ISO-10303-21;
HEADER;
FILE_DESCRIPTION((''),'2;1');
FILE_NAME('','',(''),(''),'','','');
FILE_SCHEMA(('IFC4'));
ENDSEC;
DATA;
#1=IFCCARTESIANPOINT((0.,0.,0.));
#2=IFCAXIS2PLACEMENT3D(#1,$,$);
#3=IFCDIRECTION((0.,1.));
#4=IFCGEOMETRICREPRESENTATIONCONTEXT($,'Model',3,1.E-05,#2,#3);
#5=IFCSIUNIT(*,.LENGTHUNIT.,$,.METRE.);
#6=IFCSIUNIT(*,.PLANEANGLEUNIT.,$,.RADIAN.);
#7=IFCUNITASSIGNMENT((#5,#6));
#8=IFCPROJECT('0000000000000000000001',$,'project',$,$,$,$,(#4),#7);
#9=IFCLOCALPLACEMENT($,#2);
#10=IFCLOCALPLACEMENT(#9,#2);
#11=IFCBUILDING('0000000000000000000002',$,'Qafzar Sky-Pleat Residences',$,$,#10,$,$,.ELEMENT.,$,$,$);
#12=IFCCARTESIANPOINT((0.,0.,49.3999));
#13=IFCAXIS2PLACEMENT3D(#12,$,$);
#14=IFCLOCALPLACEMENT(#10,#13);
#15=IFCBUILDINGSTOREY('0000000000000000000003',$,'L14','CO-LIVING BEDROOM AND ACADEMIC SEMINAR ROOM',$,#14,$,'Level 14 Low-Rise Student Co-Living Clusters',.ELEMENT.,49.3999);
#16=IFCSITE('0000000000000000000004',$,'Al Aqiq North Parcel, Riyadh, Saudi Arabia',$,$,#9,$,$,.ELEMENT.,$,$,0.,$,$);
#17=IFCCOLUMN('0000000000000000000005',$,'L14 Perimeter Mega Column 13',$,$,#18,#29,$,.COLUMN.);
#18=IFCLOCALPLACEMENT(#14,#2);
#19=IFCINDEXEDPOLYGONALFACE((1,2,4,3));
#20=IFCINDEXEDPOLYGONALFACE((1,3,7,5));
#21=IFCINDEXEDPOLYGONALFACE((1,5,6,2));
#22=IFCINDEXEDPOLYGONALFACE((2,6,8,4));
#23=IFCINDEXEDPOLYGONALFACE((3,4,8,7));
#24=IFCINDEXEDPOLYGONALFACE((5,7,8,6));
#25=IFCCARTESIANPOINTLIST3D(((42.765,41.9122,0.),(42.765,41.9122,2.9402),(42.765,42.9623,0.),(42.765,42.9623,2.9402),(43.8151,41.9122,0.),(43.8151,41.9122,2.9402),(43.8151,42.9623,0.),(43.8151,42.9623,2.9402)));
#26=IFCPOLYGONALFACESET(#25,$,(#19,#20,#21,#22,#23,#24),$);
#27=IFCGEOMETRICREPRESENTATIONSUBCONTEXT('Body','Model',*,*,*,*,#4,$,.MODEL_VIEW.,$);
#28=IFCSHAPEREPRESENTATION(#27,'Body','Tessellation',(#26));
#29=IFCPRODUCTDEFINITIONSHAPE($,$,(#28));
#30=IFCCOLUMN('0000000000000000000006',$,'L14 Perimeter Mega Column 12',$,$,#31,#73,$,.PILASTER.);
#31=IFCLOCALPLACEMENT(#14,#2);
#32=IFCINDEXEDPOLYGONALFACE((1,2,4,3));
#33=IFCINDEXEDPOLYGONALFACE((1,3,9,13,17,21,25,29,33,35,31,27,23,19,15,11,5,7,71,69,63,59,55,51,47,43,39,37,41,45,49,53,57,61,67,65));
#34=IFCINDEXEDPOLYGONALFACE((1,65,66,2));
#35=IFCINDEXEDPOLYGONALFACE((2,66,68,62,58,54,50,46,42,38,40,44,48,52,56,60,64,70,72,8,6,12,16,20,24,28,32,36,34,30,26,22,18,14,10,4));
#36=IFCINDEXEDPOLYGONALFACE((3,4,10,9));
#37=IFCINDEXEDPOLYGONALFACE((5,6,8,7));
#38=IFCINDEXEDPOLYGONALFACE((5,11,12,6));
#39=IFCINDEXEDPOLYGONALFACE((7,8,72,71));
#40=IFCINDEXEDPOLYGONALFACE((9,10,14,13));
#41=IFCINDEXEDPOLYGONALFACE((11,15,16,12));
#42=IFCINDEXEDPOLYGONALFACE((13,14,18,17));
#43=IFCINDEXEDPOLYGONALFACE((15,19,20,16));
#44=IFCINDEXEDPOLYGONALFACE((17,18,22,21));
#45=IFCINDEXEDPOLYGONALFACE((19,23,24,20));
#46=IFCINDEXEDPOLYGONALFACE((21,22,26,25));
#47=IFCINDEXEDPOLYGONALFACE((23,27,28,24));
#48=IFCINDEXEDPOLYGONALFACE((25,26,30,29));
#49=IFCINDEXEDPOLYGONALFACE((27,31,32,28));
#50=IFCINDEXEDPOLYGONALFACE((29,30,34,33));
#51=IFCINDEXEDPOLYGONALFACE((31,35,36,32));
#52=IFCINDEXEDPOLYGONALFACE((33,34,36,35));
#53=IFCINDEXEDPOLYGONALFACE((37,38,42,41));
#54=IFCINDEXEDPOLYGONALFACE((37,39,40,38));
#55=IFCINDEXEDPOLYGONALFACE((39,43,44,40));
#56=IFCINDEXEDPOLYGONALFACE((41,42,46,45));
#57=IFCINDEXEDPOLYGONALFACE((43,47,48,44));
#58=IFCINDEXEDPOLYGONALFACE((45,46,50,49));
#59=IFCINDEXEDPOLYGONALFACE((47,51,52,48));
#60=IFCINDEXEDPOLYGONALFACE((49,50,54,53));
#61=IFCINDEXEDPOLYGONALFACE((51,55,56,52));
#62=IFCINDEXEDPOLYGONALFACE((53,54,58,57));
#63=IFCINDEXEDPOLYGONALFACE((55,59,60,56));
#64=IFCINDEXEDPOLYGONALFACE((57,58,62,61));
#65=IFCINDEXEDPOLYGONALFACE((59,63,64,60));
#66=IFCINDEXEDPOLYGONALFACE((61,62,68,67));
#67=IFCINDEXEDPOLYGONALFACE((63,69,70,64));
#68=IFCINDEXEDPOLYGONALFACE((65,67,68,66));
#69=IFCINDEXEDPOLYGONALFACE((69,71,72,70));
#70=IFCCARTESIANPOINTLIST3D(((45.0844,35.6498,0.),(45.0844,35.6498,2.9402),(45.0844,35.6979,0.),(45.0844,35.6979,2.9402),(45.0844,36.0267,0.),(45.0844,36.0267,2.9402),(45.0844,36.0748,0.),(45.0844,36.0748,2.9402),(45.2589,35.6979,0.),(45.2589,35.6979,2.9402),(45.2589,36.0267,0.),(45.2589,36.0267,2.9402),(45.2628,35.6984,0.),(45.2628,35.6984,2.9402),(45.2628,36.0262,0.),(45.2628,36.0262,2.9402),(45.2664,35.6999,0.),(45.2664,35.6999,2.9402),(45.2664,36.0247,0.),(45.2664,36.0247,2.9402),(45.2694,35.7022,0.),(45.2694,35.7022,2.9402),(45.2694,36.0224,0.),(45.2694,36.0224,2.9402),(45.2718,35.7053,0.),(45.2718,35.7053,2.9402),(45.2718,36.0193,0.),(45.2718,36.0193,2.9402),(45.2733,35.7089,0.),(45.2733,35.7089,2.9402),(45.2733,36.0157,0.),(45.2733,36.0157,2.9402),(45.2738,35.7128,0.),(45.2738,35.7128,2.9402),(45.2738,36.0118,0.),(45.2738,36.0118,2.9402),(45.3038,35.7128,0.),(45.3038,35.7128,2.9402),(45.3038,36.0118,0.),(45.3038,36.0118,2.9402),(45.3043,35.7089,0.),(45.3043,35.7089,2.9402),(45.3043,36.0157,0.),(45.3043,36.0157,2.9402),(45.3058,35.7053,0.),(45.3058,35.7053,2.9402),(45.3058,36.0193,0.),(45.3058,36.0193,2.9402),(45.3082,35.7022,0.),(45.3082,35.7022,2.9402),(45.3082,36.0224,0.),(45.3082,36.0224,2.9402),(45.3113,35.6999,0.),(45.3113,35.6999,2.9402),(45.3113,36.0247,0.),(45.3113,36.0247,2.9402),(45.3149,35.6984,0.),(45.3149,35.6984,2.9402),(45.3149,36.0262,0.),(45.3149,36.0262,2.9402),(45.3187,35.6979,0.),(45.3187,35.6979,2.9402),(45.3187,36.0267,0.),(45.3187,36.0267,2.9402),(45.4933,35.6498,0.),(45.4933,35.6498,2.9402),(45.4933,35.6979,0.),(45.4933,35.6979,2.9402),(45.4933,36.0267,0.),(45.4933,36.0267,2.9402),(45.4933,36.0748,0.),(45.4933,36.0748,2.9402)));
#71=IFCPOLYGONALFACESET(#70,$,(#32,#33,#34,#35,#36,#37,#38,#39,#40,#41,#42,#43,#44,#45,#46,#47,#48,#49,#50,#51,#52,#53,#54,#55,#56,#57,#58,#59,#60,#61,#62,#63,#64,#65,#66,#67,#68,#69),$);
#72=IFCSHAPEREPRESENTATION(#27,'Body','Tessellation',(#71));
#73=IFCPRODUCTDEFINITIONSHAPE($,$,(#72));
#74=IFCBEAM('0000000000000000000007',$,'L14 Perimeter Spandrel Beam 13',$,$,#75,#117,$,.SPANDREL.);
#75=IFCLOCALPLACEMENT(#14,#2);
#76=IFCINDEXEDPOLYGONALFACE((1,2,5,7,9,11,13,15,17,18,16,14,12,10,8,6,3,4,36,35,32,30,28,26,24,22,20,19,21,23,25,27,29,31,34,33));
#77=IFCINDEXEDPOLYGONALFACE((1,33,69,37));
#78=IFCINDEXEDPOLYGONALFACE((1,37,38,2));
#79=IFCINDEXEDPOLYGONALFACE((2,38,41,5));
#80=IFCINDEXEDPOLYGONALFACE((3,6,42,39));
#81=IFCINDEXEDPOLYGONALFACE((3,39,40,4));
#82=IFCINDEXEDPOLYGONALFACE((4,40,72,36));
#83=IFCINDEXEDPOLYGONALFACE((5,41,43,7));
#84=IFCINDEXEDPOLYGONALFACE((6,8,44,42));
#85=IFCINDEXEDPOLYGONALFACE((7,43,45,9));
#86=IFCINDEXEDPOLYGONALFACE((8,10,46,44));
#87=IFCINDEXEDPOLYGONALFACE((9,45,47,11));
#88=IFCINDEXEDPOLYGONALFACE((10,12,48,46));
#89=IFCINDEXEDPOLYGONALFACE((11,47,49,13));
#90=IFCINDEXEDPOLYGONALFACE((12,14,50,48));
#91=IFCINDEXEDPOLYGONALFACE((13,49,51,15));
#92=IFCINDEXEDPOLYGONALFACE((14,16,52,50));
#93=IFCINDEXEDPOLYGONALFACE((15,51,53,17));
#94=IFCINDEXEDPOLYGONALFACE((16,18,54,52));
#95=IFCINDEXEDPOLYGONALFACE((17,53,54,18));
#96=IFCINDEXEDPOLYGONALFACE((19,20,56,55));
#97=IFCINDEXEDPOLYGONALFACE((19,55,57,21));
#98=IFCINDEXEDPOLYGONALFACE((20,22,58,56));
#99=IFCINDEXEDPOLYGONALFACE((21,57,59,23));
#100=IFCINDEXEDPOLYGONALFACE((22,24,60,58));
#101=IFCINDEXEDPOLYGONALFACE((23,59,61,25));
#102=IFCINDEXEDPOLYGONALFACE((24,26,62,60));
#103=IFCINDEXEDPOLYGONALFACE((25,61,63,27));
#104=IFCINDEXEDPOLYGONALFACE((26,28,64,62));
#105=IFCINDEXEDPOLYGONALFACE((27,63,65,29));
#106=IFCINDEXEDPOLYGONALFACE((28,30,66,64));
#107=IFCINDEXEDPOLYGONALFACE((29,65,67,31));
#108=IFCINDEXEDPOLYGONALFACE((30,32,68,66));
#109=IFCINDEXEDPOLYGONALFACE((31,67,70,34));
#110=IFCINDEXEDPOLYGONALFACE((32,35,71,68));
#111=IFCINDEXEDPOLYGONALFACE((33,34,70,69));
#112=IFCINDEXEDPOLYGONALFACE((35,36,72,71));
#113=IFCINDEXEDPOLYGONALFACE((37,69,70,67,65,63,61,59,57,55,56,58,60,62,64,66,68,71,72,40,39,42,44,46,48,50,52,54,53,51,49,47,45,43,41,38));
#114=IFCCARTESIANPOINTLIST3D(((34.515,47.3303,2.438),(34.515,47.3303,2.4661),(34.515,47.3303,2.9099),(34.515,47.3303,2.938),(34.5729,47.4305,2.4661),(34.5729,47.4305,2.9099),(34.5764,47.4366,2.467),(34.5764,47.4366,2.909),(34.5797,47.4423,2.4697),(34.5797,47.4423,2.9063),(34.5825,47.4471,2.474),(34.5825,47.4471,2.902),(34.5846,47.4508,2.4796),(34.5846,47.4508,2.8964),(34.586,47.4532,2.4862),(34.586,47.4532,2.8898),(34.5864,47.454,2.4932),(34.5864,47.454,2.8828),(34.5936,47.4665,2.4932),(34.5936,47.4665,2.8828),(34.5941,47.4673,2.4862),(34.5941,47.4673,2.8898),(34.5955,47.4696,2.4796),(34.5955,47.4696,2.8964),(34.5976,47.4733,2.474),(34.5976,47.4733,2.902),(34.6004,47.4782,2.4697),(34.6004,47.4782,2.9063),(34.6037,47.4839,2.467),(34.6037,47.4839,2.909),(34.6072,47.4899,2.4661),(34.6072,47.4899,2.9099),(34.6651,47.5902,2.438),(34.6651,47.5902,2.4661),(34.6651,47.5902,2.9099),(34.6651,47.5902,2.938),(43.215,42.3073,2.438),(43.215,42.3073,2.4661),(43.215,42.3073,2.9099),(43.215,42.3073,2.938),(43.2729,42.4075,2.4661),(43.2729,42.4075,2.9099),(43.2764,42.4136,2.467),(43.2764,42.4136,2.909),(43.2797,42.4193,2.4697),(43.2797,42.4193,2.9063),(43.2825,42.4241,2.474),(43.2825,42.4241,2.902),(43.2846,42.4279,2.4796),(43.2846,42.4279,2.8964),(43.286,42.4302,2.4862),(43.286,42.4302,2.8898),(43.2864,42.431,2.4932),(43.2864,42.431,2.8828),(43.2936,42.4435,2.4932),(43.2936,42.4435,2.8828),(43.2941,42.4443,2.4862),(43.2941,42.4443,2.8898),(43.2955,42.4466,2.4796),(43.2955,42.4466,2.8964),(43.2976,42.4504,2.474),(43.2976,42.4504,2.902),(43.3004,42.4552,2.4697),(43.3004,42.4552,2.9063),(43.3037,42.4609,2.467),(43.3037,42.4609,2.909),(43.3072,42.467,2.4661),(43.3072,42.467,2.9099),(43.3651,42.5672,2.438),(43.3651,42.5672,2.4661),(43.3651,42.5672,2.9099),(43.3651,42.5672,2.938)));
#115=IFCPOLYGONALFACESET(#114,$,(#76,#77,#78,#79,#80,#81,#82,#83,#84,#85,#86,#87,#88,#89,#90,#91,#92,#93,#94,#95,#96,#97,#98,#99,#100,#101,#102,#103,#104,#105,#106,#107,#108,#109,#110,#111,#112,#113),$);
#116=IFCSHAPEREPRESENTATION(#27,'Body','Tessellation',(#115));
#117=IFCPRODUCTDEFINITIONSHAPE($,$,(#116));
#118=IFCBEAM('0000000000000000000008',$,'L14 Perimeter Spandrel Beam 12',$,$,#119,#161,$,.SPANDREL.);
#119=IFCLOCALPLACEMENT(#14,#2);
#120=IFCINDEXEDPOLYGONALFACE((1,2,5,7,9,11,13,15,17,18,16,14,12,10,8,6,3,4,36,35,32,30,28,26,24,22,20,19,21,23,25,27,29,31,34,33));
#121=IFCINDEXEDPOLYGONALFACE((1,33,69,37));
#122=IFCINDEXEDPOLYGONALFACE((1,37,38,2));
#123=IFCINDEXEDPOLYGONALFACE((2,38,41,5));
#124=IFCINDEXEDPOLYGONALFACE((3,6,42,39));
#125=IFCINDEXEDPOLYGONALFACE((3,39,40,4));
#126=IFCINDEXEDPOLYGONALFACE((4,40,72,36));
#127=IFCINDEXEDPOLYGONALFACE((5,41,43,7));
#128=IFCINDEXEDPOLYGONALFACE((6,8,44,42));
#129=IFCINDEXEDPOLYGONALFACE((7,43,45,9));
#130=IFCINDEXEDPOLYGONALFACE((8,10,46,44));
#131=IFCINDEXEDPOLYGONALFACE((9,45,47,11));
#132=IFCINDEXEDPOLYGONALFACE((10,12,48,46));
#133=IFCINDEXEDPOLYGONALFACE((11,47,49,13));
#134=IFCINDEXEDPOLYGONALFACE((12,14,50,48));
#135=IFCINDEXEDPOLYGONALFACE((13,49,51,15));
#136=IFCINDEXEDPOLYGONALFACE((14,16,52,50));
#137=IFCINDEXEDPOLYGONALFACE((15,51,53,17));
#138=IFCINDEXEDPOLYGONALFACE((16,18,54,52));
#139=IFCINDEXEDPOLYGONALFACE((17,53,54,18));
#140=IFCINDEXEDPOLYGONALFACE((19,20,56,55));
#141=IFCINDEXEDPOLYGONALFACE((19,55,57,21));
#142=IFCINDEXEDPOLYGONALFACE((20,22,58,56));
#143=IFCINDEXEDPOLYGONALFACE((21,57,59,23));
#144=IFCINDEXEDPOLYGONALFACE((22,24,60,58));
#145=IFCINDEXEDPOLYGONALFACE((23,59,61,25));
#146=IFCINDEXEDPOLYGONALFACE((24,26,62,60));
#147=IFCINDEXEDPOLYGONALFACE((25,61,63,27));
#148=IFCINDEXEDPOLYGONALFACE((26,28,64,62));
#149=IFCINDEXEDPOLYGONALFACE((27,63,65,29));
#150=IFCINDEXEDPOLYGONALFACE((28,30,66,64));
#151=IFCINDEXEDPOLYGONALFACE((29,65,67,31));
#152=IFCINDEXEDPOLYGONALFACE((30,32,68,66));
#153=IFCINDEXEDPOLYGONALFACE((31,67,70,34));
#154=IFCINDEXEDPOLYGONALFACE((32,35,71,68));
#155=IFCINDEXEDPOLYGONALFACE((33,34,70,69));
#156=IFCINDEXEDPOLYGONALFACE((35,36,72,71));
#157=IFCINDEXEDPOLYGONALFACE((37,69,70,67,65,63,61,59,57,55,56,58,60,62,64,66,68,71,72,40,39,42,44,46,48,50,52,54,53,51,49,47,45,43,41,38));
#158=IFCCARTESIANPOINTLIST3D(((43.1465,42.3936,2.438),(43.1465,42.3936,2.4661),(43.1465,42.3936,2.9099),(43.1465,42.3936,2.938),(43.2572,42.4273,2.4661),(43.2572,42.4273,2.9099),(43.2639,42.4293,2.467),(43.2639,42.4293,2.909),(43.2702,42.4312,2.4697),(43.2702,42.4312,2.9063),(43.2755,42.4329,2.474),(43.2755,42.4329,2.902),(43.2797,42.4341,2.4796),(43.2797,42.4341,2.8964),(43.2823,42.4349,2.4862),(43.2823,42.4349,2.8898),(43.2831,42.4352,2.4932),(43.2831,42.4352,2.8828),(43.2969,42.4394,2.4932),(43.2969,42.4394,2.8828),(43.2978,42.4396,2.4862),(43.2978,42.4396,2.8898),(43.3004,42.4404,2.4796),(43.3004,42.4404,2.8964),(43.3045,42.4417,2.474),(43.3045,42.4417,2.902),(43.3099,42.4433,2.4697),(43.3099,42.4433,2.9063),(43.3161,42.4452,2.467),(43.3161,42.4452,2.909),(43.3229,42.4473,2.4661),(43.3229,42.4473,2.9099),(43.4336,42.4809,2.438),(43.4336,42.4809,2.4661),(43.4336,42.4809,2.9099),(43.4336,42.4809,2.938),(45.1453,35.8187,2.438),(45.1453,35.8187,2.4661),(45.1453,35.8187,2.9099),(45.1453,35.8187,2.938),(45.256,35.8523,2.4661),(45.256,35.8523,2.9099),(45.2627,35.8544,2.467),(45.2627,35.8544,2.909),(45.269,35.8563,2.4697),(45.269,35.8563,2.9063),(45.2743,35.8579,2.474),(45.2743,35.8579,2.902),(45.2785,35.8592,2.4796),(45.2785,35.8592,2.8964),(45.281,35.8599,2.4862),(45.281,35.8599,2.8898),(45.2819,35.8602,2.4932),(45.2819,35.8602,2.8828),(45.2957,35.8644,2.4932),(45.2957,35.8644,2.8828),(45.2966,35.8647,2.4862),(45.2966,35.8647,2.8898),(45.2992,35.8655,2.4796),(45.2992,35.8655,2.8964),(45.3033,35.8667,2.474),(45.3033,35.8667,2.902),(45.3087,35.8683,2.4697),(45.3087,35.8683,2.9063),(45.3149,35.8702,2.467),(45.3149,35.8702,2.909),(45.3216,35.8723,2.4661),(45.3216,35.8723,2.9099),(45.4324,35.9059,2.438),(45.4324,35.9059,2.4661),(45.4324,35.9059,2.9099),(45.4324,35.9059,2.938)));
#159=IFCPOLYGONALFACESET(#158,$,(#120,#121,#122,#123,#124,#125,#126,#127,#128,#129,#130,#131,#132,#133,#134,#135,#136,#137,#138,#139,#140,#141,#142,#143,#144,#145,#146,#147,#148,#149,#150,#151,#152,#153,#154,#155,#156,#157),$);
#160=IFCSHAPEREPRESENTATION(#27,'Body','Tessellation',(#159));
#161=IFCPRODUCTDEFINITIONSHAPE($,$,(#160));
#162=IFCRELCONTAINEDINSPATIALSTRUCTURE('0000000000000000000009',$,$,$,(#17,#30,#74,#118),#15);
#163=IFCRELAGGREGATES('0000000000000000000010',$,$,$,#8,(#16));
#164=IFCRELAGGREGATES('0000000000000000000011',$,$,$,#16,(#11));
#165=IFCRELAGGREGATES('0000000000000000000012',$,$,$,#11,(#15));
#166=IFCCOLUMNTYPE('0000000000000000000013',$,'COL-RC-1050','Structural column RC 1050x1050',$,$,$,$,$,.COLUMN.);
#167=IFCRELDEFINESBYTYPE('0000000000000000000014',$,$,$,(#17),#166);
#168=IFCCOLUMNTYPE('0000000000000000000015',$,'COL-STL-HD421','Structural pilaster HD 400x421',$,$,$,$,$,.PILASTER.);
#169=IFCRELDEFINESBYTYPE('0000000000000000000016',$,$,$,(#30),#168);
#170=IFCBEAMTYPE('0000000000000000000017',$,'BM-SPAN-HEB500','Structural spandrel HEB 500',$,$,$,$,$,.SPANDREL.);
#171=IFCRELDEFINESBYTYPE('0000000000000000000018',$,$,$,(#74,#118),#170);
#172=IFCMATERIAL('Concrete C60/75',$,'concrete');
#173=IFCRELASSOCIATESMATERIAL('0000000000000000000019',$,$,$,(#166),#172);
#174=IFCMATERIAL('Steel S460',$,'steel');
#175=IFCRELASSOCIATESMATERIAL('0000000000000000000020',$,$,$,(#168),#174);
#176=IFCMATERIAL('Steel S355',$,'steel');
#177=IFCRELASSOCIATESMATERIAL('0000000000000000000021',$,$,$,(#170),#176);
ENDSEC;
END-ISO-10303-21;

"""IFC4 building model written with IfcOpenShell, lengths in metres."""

from ifc_helpers import new_model, si_unit, direction, frame, origin, origin_2d, place, context, subcontext, project, spatial, rectangle, i_section, extrude, source, transform, mapped, material, material_profile, profile_set, type_object, element, save


model = new_model("IFC4")

# Units and contexts
model_context = context("Model", 3, precision=1e-05, world=origin(), true_north=direction((0.0, 1.0)))
body_context = subcontext(model_context, "Body", "Model", "MODEL_VIEW")
ifc_project = project(units=[si_unit("LENGTHUNIT", "METRE"), si_unit("PLANEANGLEUNIT", "RADIAN")], contexts=[model_context])

# Site, building, storey
site_placement = place(None, origin())
site = spatial("IfcSite", under=ifc_project, at=site_placement, Name="Al Aqiq North Parcel, Riyadh, Saudi Arabia", CompositionType="ELEMENT", RefElevation=0.0)
building_placement = place(site_placement, origin())
building = spatial("IfcBuilding", under=site, at=building_placement, Name="Qafzar Sky-Pleat Residences", CompositionType="ELEMENT")
storey_placement = place(building_placement, frame((0.0, 0.0, 49.3999)))
storey = spatial("IfcBuildingStorey", under=building, at=storey_placement, Name="L14", Description="CO-LIVING BEDROOM AND ACADEMIC SEMINAR ROOM", LongName="Level 14 Low-Rise Student Co-Living Clusters", CompositionType="ELEMENT", Elevation=49.3999)

# Columns
ifc_material_1 = material(Name="Concrete C60/75", Category="concrete")
ifc_material_profile_1 = material_profile(ifc_material_1, rectangle(XDim=1.05, YDim=1.05, at=origin_2d()), Name="RC 1050x1050")
ifc_profile_set_1 = profile_set([ifc_material_profile_1], Name="Concrete C60/75")
column_type_1 = type_object("IfcColumnType", Name="COL-RC-1050", Description="Structural column RC 1050x1050", PredefinedType="COLUMN", material=ifc_profile_set_1)
shared_shape_1 = source(origin(), body_context, "Body", "SweptSolid", [
    extrude(rectangle(XDim=1.05, YDim=1.05, at=origin_2d()), origin(), (0.0, 0.0, 1.0), 2.9402),
])
column_1_placement = place(storey_placement, frame((43.29, 42.4373, 0.0), z_axis=(0.0, 0.0, 1.0), x_axis=(1.0, 0.0, 0.0)))
element("IfcColumn", 1, at=column_1_placement, inside=storey, type_object=column_type_1, Name="L14 Perimeter Mega Column 13", PredefinedType="COLUMN", context=body_context, shape_type="MappedRepresentation", body=[
    mapped(shared_shape_1, transform((0.0, 0.0, 0.0), x_axis=(1.0, 0.0, 0.0), y_axis=(0.0, 1.0, 0.0), z_axis=(0.0, 0.0, 1.0), scale=1.0)),
])
ifc_material_2 = material(Name="Steel S460", Category="steel")
ifc_material_profile_2 = material_profile(ifc_material_2, i_section(OverallWidth=0.4089, OverallDepth=0.425, WebThickness=0.03, FlangeThickness=0.0481, FilletRadius=0.0149, at=origin_2d()), Name="HD 400x421")
ifc_profile_set_2 = profile_set([ifc_material_profile_2], Name="Steel S460")
column_type_2 = type_object("IfcColumnType", Name="COL-STL-HD421", Description="Structural pilaster HD 400x421", PredefinedType="PILASTER", material=ifc_profile_set_2)
shared_shape_2 = source(origin(), body_context, "Body", "SweptSolid", [
    extrude(i_section(OverallWidth=0.4089, OverallDepth=0.425, WebThickness=0.03, FlangeThickness=0.0481, FilletRadius=0.0149, at=origin_2d()), origin(), (0.0, 0.0, 1.0), 2.9402),
])
column_2_placement = place(storey_placement, frame((45.2888, 35.8623, 0.0), z_axis=(0.0, 0.0, 1.0), x_axis=(1.0, 0.0, 0.0)))
element("IfcColumn", 2, at=column_2_placement, inside=storey, type_object=column_type_2, Name="L14 Perimeter Mega Column 12", PredefinedType="PILASTER", context=body_context, shape_type="MappedRepresentation", body=[
    mapped(shared_shape_2, transform((0.0, 0.0, 0.0), x_axis=(1.0, 0.0, 0.0), y_axis=(0.0, 1.0, 0.0), z_axis=(0.0, 0.0, 1.0), scale=1.0)),
])

# Beams
ifc_material_3 = material(Name="Steel S355", Category="steel")
ifc_material_profile_3 = material_profile(ifc_material_3, i_section(OverallWidth=0.3, OverallDepth=0.5, WebThickness=0.0144, FlangeThickness=0.0281, FilletRadius=0.0271, at=origin_2d()), Name="HEB 500")
ifc_profile_set_3 = profile_set([ifc_material_profile_3], Name="Steel S355")
beam_type_1 = type_object("IfcBeamType", Name="BM-SPAN-HEB500", Description="Structural spandrel HEB 500", PredefinedType="SPANDREL", material=ifc_profile_set_3)
shared_shape_3 = source(origin(), body_context, "Body", "SweptSolid", [
    extrude(i_section(OverallWidth=0.3, OverallDepth=0.5, WebThickness=0.0144, FlangeThickness=0.0281, FilletRadius=0.0271, at=origin_2d()), origin(), (0.0, 0.0, 1.0), 10.0459),
])
beam_1_placement = place(storey_placement, frame((43.29, 42.4373, 2.688), z_axis=(-0.866024, 0.500002, 0.0), x_axis=(-0.500002, -0.866024, 0.0)))
element("IfcBeam", 3, at=beam_1_placement, inside=storey, type_object=beam_type_1, Name="L14 Perimeter Spandrel Beam 13", PredefinedType="SPANDREL", context=body_context, shape_type="MappedRepresentation", body=[
    mapped(shared_shape_3, transform((0.0, 0.0, 0.0), x_axis=(1.0, 0.0, 0.0), y_axis=(0.0, 1.0, 0.0), z_axis=(0.0, 0.0, 1.0), scale=1.0)),
])
shared_shape_4 = source(origin(), body_context, "Body", "SweptSolid", [
    extrude(i_section(OverallWidth=0.3, OverallDepth=0.5, WebThickness=0.0144, FlangeThickness=0.0281, FilletRadius=0.0271, at=origin_2d()), origin(), (0.0, 0.0, 1.0), 6.8721),
])
beam_2_placement = place(storey_placement, frame((45.2888, 35.8623, 2.688), z_axis=(-0.290856, 0.956767, 0.0), x_axis=(-0.956767, -0.290856, 0.0)))
element("IfcBeam", 4, at=beam_2_placement, inside=storey, type_object=beam_type_1, Name="L14 Perimeter Spandrel Beam 12", PredefinedType="SPANDREL", context=body_context, shape_type="MappedRepresentation", body=[
    mapped(shared_shape_4, transform((0.0, 0.0, 0.0), x_axis=(1.0, 0.0, 0.0), y_axis=(0.0, 1.0, 0.0), z_axis=(0.0, 0.0, 1.0), scale=1.0)),
])

save(model, "model.ifc")
